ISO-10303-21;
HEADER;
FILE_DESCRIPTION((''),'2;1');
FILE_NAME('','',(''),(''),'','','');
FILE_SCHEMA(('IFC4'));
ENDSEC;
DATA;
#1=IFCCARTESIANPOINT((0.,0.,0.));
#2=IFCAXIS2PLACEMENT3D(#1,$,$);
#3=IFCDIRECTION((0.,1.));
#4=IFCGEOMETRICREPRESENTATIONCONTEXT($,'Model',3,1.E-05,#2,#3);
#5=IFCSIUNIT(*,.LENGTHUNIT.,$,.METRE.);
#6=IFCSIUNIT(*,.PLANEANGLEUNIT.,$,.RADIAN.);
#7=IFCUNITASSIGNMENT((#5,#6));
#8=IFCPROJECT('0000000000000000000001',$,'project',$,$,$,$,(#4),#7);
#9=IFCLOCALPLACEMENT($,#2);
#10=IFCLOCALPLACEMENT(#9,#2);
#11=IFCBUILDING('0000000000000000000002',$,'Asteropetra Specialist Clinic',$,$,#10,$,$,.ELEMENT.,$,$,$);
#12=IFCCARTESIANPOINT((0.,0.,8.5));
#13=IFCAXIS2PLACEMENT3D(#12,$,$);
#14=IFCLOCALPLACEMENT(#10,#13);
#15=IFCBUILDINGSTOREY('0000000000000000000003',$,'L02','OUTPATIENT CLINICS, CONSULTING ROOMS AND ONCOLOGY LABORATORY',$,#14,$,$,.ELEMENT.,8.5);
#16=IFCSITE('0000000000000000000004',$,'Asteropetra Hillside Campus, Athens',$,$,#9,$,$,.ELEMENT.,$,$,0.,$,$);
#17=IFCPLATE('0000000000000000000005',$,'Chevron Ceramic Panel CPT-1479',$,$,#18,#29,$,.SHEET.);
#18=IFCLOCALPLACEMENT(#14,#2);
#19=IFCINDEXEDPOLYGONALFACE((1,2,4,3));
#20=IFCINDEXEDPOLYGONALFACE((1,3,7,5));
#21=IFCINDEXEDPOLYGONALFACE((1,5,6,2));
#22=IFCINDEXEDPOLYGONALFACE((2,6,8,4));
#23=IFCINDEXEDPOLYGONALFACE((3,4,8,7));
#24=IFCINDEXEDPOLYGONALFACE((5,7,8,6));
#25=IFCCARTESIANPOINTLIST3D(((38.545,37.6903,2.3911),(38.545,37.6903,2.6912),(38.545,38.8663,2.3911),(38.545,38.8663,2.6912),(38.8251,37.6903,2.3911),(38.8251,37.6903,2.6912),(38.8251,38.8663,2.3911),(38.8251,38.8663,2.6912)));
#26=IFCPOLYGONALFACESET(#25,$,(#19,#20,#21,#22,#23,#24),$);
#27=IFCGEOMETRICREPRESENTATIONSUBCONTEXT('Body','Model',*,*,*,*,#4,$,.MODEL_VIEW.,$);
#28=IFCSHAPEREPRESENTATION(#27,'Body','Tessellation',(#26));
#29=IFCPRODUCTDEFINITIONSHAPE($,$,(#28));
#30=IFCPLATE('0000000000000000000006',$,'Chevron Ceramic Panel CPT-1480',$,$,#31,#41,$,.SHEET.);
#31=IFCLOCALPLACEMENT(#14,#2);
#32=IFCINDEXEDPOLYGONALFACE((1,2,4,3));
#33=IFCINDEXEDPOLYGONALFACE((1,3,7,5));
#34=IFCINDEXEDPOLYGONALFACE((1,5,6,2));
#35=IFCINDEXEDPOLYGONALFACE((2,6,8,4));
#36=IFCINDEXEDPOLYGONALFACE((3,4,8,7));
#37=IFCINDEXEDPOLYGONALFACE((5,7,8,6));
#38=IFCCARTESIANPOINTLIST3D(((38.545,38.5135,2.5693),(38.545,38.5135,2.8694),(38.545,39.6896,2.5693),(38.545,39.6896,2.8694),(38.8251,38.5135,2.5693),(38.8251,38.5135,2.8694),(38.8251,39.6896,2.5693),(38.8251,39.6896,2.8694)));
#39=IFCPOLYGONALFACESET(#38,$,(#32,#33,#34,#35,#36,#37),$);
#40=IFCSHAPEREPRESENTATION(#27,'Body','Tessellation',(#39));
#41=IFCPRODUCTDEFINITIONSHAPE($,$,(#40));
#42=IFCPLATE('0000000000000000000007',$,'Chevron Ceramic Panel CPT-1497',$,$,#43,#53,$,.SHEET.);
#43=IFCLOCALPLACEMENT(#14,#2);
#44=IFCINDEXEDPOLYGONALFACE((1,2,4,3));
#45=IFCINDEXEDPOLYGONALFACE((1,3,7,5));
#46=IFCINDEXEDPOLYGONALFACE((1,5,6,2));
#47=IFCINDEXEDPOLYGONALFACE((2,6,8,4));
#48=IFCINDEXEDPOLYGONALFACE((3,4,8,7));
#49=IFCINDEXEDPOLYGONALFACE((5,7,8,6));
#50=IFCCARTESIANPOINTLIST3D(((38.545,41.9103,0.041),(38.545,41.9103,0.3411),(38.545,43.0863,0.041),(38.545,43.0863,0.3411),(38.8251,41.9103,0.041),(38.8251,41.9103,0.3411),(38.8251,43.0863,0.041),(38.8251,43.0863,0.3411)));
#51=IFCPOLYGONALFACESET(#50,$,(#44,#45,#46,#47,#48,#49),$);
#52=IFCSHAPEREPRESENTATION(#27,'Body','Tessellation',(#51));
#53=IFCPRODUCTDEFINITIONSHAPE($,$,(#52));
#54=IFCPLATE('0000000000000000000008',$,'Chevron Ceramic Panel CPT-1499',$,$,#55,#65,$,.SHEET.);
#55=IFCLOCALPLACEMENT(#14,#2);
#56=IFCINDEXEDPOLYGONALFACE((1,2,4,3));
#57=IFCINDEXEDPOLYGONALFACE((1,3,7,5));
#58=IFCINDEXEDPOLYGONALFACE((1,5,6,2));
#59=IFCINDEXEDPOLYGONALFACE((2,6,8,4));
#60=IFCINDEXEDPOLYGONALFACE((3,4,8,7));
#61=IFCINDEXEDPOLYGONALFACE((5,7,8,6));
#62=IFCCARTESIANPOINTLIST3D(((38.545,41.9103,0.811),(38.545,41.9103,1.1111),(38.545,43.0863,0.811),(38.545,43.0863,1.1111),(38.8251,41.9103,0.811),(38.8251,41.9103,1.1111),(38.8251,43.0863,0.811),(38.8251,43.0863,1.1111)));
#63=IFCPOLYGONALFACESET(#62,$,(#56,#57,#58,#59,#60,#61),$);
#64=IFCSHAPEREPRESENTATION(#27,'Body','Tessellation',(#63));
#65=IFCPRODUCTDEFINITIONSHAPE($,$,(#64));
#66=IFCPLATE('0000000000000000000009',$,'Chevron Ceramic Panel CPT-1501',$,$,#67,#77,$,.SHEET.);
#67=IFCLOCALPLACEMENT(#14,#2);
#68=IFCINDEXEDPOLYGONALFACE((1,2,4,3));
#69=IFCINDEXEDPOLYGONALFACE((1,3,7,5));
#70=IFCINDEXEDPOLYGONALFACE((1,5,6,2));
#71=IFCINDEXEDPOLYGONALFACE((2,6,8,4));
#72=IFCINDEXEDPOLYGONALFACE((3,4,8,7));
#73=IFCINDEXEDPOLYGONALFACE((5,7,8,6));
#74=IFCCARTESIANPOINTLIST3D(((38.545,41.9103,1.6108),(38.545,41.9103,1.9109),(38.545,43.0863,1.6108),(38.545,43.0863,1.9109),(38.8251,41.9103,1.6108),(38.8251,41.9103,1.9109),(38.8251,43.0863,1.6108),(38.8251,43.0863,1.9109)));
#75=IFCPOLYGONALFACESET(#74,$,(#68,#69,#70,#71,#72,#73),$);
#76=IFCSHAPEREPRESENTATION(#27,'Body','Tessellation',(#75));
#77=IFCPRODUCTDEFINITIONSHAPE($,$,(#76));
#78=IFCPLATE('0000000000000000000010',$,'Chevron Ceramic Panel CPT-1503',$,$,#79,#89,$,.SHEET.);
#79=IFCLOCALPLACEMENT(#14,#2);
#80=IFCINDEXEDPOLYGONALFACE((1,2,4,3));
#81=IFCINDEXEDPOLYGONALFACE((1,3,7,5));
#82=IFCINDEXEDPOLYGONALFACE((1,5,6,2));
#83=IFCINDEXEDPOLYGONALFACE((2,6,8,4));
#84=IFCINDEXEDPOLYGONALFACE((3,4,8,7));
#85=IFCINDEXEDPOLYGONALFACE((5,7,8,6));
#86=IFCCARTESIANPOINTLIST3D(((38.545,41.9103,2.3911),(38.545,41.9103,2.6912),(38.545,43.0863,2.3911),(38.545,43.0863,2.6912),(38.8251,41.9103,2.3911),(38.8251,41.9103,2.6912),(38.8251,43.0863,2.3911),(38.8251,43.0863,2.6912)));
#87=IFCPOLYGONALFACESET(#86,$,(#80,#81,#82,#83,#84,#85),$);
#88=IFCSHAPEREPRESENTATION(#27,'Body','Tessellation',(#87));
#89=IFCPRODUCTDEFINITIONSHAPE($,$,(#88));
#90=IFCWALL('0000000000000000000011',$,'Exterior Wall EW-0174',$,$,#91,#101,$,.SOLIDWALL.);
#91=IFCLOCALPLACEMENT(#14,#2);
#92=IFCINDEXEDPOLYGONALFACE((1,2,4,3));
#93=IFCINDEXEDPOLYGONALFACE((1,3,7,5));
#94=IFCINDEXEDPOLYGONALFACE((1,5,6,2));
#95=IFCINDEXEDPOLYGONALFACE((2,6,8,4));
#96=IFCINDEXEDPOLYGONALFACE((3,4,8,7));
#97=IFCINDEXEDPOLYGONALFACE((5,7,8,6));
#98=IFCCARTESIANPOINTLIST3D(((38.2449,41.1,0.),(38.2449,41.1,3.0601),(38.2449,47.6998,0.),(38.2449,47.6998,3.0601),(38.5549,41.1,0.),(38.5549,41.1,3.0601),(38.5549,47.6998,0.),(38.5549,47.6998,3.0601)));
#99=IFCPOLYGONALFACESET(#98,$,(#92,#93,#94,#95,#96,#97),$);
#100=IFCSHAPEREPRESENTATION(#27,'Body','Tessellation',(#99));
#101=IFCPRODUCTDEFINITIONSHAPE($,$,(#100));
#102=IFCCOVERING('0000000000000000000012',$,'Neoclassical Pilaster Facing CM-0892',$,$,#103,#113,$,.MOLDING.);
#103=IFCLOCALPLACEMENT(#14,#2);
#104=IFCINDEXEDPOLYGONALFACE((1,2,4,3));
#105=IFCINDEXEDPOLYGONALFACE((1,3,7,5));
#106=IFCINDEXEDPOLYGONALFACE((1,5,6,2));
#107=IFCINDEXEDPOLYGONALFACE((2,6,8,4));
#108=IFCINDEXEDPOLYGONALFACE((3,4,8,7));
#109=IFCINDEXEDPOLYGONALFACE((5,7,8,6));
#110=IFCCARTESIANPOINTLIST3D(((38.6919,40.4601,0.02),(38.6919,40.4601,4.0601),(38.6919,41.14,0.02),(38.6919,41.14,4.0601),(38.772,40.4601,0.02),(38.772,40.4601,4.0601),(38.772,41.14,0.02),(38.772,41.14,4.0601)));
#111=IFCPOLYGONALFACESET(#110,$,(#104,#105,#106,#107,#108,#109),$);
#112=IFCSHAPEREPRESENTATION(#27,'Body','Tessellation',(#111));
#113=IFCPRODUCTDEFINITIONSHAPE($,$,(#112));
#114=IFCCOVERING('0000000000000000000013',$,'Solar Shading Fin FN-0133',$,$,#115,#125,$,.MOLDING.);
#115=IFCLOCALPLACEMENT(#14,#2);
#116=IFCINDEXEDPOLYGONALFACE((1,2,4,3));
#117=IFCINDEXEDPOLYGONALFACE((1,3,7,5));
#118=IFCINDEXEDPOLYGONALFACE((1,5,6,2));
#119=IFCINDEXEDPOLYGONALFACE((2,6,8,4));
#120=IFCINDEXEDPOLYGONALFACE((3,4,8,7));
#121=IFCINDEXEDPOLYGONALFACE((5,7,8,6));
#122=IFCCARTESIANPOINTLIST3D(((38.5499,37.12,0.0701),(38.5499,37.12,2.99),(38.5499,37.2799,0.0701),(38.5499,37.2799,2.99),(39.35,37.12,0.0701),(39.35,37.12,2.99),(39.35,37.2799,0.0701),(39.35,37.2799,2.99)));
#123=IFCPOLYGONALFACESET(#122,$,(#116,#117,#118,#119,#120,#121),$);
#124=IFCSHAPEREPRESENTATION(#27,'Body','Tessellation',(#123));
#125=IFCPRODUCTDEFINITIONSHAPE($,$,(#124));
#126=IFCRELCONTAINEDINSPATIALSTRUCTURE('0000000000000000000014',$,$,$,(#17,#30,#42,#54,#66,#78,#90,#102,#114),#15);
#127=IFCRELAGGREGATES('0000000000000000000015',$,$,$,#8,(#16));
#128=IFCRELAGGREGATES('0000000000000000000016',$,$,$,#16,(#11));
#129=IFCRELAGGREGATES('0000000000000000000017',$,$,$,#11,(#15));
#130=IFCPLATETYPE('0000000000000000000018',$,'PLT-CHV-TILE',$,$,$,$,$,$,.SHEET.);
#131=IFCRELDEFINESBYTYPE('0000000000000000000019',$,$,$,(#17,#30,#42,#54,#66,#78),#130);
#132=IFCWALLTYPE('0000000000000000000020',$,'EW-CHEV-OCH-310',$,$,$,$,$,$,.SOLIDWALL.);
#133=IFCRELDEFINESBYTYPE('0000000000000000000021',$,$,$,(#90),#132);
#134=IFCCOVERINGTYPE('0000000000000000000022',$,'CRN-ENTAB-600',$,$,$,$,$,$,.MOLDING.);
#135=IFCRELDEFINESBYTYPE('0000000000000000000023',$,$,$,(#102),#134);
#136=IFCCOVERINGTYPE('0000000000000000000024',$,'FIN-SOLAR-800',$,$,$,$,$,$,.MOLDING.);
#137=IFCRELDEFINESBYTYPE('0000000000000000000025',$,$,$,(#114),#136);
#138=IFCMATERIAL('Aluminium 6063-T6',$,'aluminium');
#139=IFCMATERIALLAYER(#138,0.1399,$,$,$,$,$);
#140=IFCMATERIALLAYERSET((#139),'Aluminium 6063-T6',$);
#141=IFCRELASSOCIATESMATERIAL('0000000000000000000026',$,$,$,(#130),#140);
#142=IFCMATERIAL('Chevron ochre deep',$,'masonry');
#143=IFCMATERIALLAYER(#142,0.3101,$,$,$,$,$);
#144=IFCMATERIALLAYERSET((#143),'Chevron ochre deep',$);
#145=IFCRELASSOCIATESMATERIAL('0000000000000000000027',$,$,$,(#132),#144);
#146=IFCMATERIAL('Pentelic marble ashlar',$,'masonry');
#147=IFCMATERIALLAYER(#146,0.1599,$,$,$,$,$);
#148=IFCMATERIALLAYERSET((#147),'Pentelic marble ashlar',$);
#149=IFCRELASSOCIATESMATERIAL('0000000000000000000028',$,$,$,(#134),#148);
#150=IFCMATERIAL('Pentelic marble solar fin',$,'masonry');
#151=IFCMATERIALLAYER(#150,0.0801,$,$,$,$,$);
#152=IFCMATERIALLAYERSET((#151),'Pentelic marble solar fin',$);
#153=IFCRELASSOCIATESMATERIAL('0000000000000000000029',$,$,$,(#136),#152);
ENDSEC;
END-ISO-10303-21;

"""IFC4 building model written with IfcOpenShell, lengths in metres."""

from ifc_helpers import new_model, si_unit, direction, frame, frame_2d, origin, origin_2d, place, context, subcontext, project, spatial, rectangle, extrude, material, layer, layer_set, type_object, element, save


model = new_model("IFC4")

# Units and contexts
model_context = context("Model", 3, precision=1e-05, world=origin(), true_north=direction((0.0, 1.0)))
body_context = subcontext(model_context, "Body", "Model", "MODEL_VIEW")
ifc_project = project(units=[si_unit("LENGTHUNIT", "METRE"), si_unit("PLANEANGLEUNIT", "RADIAN")], contexts=[model_context])

# Site, building, storey
site_placement = place(None, origin())
site = spatial("IfcSite", under=ifc_project, at=site_placement, Name="Asteropetra Hillside Campus, Athens", CompositionType="ELEMENT", RefElevation=0.0)
building_placement = place(site_placement, origin())
building = spatial("IfcBuilding", under=site, at=building_placement, Name="Asteropetra Specialist Clinic", CompositionType="ELEMENT")
storey_placement = place(building_placement, frame((0.0, 0.0, 8.5)))
storey = spatial("IfcBuildingStorey", under=building, at=storey_placement, Name="L02", Description="OUTPATIENT CLINICS, CONSULTING ROOMS AND ONCOLOGY LABORATORY", CompositionType="ELEMENT", Elevation=8.5)

# Plates
ifc_material_1 = material(Name="Aluminium 6063-T6", Category="aluminium")
ifc_layer_1 = layer(ifc_material_1, 0.1399)
ifc_layer_set_1 = layer_set([ifc_layer_1], Name="Aluminium 6063-T6")
plate_type_1 = type_object("IfcPlateType", Name="PLT-CHV-TILE", PredefinedType="SHEET", material=ifc_layer_set_1)
for number, where, z_axis, x_axis, name in (
    (1, (38.6851, 38.2783, 2.3911), (0.0, 0.0, 1.0), (1.0, 0.0, 0.0), "Chevron Ceramic Panel CPT-1479"),
    (2, (38.6851, 39.1016, 2.5693), (0.0, 0.0, 1.0), (1.0, 0.0, 0.0), "Chevron Ceramic Panel CPT-1480"),
    (3, (38.6851, 42.4983, 0.041), (0.0, 0.0, 1.0), (1.0, 0.0, 0.0), "Chevron Ceramic Panel CPT-1497"),
    (4, (38.6851, 42.4983, 0.811), (0.0, 0.0, 1.0), (1.0, 0.0, 0.0), "Chevron Ceramic Panel CPT-1499"),
    (5, (38.6851, 42.4983, 1.6108), (0.0, 0.0, 1.0), (1.0, 0.0, 0.0), "Chevron Ceramic Panel CPT-1501"),
    (6, (38.6851, 42.4983, 2.3911), (0.0, 0.0, 1.0), (1.0, 0.0, 0.0), "Chevron Ceramic Panel CPT-1503"),
):
    element("IfcPlate", number, at=place(storey_placement, frame(where, z_axis=z_axis, x_axis=x_axis)), inside=storey, type_object=plate_type_1, Name=name, PredefinedType="SHEET", context=body_context, shape_type="SweptSolid", body=[
        extrude(rectangle(XDim=0.28, YDim=1.176, at=origin_2d()), origin(), (0.0, 0.0, 1.0), 0.3),
    ])

# Wall
ifc_material_2 = material(Name="Chevron ochre deep", Category="masonry")
ifc_layer_2 = layer(ifc_material_2, 0.3101)
ifc_layer_set_2 = layer_set([ifc_layer_2], Name="Chevron ochre deep")
wall_type = type_object("IfcWallType", Name="EW-CHEV-OCH-310", PredefinedType="SOLIDWALL", material=ifc_layer_set_2)
wall_placement = place(storey_placement, frame((38.3999, 41.1001, 0.0), z_axis=(0.0, 0.0, 1.0), x_axis=(0.0, 1.0, 0.0)))
element("IfcWall", 7, at=wall_placement, inside=storey, type_object=wall_type, Name="Exterior Wall EW-0174", PredefinedType="SOLIDWALL", context=body_context, shape_type="SweptSolid", body=[
    extrude(rectangle(XDim=6.5999, YDim=0.3101, at=frame_2d((3.2998, 0.0))), origin(), (0.0, 0.0, 1.0), 3.0601),
])

# Coverings
ifc_material_3 = material(Name="Pentelic marble ashlar", Category="masonry")
ifc_layer_3 = layer(ifc_material_3, 0.1599)
ifc_layer_set_3 = layer_set([ifc_layer_3], Name="Pentelic marble ashlar")
covering_type_1 = type_object("IfcCoveringType", Name="CRN-ENTAB-600", PredefinedType="MOLDING", material=ifc_layer_set_3)
covering_1_placement = place(storey_placement, frame((38.7319, 40.8, 0.02), z_axis=(0.0, 0.0, 1.0), x_axis=(1.0, 0.0, 0.0)))
element("IfcCovering", 8, at=covering_1_placement, inside=storey, type_object=covering_type_1, Name="Neoclassical Pilaster Facing CM-0892", PredefinedType="MOLDING", context=body_context, shape_type="SweptSolid", body=[
    extrude(rectangle(XDim=0.0801, YDim=0.6799, at=origin_2d()), origin(), (0.0, 0.0, 1.0), 4.04),
])
ifc_material_4 = material(Name="Pentelic marble solar fin", Category="masonry")
ifc_layer_4 = layer(ifc_material_4, 0.0801)
ifc_layer_set_4 = layer_set([ifc_layer_4], Name="Pentelic marble solar fin")
covering_type_2 = type_object("IfcCoveringType", Name="FIN-SOLAR-800", PredefinedType="MOLDING", material=ifc_layer_set_4)
covering_2_placement = place(storey_placement, frame((38.95, 37.2, 0.0701), z_axis=(0.0, 0.0, 1.0), x_axis=(1.0, 0.0, 0.0)))
element("IfcCovering", 9, at=covering_2_placement, inside=storey, type_object=covering_type_2, Name="Solar Shading Fin FN-0133", PredefinedType="MOLDING", context=body_context, shape_type="SweptSolid", body=[
    extrude(rectangle(XDim=0.8, YDim=0.1599, at=origin_2d()), origin(), (0.0, 0.0, 1.0), 2.9199),
])

save(model, "model.ifc")
